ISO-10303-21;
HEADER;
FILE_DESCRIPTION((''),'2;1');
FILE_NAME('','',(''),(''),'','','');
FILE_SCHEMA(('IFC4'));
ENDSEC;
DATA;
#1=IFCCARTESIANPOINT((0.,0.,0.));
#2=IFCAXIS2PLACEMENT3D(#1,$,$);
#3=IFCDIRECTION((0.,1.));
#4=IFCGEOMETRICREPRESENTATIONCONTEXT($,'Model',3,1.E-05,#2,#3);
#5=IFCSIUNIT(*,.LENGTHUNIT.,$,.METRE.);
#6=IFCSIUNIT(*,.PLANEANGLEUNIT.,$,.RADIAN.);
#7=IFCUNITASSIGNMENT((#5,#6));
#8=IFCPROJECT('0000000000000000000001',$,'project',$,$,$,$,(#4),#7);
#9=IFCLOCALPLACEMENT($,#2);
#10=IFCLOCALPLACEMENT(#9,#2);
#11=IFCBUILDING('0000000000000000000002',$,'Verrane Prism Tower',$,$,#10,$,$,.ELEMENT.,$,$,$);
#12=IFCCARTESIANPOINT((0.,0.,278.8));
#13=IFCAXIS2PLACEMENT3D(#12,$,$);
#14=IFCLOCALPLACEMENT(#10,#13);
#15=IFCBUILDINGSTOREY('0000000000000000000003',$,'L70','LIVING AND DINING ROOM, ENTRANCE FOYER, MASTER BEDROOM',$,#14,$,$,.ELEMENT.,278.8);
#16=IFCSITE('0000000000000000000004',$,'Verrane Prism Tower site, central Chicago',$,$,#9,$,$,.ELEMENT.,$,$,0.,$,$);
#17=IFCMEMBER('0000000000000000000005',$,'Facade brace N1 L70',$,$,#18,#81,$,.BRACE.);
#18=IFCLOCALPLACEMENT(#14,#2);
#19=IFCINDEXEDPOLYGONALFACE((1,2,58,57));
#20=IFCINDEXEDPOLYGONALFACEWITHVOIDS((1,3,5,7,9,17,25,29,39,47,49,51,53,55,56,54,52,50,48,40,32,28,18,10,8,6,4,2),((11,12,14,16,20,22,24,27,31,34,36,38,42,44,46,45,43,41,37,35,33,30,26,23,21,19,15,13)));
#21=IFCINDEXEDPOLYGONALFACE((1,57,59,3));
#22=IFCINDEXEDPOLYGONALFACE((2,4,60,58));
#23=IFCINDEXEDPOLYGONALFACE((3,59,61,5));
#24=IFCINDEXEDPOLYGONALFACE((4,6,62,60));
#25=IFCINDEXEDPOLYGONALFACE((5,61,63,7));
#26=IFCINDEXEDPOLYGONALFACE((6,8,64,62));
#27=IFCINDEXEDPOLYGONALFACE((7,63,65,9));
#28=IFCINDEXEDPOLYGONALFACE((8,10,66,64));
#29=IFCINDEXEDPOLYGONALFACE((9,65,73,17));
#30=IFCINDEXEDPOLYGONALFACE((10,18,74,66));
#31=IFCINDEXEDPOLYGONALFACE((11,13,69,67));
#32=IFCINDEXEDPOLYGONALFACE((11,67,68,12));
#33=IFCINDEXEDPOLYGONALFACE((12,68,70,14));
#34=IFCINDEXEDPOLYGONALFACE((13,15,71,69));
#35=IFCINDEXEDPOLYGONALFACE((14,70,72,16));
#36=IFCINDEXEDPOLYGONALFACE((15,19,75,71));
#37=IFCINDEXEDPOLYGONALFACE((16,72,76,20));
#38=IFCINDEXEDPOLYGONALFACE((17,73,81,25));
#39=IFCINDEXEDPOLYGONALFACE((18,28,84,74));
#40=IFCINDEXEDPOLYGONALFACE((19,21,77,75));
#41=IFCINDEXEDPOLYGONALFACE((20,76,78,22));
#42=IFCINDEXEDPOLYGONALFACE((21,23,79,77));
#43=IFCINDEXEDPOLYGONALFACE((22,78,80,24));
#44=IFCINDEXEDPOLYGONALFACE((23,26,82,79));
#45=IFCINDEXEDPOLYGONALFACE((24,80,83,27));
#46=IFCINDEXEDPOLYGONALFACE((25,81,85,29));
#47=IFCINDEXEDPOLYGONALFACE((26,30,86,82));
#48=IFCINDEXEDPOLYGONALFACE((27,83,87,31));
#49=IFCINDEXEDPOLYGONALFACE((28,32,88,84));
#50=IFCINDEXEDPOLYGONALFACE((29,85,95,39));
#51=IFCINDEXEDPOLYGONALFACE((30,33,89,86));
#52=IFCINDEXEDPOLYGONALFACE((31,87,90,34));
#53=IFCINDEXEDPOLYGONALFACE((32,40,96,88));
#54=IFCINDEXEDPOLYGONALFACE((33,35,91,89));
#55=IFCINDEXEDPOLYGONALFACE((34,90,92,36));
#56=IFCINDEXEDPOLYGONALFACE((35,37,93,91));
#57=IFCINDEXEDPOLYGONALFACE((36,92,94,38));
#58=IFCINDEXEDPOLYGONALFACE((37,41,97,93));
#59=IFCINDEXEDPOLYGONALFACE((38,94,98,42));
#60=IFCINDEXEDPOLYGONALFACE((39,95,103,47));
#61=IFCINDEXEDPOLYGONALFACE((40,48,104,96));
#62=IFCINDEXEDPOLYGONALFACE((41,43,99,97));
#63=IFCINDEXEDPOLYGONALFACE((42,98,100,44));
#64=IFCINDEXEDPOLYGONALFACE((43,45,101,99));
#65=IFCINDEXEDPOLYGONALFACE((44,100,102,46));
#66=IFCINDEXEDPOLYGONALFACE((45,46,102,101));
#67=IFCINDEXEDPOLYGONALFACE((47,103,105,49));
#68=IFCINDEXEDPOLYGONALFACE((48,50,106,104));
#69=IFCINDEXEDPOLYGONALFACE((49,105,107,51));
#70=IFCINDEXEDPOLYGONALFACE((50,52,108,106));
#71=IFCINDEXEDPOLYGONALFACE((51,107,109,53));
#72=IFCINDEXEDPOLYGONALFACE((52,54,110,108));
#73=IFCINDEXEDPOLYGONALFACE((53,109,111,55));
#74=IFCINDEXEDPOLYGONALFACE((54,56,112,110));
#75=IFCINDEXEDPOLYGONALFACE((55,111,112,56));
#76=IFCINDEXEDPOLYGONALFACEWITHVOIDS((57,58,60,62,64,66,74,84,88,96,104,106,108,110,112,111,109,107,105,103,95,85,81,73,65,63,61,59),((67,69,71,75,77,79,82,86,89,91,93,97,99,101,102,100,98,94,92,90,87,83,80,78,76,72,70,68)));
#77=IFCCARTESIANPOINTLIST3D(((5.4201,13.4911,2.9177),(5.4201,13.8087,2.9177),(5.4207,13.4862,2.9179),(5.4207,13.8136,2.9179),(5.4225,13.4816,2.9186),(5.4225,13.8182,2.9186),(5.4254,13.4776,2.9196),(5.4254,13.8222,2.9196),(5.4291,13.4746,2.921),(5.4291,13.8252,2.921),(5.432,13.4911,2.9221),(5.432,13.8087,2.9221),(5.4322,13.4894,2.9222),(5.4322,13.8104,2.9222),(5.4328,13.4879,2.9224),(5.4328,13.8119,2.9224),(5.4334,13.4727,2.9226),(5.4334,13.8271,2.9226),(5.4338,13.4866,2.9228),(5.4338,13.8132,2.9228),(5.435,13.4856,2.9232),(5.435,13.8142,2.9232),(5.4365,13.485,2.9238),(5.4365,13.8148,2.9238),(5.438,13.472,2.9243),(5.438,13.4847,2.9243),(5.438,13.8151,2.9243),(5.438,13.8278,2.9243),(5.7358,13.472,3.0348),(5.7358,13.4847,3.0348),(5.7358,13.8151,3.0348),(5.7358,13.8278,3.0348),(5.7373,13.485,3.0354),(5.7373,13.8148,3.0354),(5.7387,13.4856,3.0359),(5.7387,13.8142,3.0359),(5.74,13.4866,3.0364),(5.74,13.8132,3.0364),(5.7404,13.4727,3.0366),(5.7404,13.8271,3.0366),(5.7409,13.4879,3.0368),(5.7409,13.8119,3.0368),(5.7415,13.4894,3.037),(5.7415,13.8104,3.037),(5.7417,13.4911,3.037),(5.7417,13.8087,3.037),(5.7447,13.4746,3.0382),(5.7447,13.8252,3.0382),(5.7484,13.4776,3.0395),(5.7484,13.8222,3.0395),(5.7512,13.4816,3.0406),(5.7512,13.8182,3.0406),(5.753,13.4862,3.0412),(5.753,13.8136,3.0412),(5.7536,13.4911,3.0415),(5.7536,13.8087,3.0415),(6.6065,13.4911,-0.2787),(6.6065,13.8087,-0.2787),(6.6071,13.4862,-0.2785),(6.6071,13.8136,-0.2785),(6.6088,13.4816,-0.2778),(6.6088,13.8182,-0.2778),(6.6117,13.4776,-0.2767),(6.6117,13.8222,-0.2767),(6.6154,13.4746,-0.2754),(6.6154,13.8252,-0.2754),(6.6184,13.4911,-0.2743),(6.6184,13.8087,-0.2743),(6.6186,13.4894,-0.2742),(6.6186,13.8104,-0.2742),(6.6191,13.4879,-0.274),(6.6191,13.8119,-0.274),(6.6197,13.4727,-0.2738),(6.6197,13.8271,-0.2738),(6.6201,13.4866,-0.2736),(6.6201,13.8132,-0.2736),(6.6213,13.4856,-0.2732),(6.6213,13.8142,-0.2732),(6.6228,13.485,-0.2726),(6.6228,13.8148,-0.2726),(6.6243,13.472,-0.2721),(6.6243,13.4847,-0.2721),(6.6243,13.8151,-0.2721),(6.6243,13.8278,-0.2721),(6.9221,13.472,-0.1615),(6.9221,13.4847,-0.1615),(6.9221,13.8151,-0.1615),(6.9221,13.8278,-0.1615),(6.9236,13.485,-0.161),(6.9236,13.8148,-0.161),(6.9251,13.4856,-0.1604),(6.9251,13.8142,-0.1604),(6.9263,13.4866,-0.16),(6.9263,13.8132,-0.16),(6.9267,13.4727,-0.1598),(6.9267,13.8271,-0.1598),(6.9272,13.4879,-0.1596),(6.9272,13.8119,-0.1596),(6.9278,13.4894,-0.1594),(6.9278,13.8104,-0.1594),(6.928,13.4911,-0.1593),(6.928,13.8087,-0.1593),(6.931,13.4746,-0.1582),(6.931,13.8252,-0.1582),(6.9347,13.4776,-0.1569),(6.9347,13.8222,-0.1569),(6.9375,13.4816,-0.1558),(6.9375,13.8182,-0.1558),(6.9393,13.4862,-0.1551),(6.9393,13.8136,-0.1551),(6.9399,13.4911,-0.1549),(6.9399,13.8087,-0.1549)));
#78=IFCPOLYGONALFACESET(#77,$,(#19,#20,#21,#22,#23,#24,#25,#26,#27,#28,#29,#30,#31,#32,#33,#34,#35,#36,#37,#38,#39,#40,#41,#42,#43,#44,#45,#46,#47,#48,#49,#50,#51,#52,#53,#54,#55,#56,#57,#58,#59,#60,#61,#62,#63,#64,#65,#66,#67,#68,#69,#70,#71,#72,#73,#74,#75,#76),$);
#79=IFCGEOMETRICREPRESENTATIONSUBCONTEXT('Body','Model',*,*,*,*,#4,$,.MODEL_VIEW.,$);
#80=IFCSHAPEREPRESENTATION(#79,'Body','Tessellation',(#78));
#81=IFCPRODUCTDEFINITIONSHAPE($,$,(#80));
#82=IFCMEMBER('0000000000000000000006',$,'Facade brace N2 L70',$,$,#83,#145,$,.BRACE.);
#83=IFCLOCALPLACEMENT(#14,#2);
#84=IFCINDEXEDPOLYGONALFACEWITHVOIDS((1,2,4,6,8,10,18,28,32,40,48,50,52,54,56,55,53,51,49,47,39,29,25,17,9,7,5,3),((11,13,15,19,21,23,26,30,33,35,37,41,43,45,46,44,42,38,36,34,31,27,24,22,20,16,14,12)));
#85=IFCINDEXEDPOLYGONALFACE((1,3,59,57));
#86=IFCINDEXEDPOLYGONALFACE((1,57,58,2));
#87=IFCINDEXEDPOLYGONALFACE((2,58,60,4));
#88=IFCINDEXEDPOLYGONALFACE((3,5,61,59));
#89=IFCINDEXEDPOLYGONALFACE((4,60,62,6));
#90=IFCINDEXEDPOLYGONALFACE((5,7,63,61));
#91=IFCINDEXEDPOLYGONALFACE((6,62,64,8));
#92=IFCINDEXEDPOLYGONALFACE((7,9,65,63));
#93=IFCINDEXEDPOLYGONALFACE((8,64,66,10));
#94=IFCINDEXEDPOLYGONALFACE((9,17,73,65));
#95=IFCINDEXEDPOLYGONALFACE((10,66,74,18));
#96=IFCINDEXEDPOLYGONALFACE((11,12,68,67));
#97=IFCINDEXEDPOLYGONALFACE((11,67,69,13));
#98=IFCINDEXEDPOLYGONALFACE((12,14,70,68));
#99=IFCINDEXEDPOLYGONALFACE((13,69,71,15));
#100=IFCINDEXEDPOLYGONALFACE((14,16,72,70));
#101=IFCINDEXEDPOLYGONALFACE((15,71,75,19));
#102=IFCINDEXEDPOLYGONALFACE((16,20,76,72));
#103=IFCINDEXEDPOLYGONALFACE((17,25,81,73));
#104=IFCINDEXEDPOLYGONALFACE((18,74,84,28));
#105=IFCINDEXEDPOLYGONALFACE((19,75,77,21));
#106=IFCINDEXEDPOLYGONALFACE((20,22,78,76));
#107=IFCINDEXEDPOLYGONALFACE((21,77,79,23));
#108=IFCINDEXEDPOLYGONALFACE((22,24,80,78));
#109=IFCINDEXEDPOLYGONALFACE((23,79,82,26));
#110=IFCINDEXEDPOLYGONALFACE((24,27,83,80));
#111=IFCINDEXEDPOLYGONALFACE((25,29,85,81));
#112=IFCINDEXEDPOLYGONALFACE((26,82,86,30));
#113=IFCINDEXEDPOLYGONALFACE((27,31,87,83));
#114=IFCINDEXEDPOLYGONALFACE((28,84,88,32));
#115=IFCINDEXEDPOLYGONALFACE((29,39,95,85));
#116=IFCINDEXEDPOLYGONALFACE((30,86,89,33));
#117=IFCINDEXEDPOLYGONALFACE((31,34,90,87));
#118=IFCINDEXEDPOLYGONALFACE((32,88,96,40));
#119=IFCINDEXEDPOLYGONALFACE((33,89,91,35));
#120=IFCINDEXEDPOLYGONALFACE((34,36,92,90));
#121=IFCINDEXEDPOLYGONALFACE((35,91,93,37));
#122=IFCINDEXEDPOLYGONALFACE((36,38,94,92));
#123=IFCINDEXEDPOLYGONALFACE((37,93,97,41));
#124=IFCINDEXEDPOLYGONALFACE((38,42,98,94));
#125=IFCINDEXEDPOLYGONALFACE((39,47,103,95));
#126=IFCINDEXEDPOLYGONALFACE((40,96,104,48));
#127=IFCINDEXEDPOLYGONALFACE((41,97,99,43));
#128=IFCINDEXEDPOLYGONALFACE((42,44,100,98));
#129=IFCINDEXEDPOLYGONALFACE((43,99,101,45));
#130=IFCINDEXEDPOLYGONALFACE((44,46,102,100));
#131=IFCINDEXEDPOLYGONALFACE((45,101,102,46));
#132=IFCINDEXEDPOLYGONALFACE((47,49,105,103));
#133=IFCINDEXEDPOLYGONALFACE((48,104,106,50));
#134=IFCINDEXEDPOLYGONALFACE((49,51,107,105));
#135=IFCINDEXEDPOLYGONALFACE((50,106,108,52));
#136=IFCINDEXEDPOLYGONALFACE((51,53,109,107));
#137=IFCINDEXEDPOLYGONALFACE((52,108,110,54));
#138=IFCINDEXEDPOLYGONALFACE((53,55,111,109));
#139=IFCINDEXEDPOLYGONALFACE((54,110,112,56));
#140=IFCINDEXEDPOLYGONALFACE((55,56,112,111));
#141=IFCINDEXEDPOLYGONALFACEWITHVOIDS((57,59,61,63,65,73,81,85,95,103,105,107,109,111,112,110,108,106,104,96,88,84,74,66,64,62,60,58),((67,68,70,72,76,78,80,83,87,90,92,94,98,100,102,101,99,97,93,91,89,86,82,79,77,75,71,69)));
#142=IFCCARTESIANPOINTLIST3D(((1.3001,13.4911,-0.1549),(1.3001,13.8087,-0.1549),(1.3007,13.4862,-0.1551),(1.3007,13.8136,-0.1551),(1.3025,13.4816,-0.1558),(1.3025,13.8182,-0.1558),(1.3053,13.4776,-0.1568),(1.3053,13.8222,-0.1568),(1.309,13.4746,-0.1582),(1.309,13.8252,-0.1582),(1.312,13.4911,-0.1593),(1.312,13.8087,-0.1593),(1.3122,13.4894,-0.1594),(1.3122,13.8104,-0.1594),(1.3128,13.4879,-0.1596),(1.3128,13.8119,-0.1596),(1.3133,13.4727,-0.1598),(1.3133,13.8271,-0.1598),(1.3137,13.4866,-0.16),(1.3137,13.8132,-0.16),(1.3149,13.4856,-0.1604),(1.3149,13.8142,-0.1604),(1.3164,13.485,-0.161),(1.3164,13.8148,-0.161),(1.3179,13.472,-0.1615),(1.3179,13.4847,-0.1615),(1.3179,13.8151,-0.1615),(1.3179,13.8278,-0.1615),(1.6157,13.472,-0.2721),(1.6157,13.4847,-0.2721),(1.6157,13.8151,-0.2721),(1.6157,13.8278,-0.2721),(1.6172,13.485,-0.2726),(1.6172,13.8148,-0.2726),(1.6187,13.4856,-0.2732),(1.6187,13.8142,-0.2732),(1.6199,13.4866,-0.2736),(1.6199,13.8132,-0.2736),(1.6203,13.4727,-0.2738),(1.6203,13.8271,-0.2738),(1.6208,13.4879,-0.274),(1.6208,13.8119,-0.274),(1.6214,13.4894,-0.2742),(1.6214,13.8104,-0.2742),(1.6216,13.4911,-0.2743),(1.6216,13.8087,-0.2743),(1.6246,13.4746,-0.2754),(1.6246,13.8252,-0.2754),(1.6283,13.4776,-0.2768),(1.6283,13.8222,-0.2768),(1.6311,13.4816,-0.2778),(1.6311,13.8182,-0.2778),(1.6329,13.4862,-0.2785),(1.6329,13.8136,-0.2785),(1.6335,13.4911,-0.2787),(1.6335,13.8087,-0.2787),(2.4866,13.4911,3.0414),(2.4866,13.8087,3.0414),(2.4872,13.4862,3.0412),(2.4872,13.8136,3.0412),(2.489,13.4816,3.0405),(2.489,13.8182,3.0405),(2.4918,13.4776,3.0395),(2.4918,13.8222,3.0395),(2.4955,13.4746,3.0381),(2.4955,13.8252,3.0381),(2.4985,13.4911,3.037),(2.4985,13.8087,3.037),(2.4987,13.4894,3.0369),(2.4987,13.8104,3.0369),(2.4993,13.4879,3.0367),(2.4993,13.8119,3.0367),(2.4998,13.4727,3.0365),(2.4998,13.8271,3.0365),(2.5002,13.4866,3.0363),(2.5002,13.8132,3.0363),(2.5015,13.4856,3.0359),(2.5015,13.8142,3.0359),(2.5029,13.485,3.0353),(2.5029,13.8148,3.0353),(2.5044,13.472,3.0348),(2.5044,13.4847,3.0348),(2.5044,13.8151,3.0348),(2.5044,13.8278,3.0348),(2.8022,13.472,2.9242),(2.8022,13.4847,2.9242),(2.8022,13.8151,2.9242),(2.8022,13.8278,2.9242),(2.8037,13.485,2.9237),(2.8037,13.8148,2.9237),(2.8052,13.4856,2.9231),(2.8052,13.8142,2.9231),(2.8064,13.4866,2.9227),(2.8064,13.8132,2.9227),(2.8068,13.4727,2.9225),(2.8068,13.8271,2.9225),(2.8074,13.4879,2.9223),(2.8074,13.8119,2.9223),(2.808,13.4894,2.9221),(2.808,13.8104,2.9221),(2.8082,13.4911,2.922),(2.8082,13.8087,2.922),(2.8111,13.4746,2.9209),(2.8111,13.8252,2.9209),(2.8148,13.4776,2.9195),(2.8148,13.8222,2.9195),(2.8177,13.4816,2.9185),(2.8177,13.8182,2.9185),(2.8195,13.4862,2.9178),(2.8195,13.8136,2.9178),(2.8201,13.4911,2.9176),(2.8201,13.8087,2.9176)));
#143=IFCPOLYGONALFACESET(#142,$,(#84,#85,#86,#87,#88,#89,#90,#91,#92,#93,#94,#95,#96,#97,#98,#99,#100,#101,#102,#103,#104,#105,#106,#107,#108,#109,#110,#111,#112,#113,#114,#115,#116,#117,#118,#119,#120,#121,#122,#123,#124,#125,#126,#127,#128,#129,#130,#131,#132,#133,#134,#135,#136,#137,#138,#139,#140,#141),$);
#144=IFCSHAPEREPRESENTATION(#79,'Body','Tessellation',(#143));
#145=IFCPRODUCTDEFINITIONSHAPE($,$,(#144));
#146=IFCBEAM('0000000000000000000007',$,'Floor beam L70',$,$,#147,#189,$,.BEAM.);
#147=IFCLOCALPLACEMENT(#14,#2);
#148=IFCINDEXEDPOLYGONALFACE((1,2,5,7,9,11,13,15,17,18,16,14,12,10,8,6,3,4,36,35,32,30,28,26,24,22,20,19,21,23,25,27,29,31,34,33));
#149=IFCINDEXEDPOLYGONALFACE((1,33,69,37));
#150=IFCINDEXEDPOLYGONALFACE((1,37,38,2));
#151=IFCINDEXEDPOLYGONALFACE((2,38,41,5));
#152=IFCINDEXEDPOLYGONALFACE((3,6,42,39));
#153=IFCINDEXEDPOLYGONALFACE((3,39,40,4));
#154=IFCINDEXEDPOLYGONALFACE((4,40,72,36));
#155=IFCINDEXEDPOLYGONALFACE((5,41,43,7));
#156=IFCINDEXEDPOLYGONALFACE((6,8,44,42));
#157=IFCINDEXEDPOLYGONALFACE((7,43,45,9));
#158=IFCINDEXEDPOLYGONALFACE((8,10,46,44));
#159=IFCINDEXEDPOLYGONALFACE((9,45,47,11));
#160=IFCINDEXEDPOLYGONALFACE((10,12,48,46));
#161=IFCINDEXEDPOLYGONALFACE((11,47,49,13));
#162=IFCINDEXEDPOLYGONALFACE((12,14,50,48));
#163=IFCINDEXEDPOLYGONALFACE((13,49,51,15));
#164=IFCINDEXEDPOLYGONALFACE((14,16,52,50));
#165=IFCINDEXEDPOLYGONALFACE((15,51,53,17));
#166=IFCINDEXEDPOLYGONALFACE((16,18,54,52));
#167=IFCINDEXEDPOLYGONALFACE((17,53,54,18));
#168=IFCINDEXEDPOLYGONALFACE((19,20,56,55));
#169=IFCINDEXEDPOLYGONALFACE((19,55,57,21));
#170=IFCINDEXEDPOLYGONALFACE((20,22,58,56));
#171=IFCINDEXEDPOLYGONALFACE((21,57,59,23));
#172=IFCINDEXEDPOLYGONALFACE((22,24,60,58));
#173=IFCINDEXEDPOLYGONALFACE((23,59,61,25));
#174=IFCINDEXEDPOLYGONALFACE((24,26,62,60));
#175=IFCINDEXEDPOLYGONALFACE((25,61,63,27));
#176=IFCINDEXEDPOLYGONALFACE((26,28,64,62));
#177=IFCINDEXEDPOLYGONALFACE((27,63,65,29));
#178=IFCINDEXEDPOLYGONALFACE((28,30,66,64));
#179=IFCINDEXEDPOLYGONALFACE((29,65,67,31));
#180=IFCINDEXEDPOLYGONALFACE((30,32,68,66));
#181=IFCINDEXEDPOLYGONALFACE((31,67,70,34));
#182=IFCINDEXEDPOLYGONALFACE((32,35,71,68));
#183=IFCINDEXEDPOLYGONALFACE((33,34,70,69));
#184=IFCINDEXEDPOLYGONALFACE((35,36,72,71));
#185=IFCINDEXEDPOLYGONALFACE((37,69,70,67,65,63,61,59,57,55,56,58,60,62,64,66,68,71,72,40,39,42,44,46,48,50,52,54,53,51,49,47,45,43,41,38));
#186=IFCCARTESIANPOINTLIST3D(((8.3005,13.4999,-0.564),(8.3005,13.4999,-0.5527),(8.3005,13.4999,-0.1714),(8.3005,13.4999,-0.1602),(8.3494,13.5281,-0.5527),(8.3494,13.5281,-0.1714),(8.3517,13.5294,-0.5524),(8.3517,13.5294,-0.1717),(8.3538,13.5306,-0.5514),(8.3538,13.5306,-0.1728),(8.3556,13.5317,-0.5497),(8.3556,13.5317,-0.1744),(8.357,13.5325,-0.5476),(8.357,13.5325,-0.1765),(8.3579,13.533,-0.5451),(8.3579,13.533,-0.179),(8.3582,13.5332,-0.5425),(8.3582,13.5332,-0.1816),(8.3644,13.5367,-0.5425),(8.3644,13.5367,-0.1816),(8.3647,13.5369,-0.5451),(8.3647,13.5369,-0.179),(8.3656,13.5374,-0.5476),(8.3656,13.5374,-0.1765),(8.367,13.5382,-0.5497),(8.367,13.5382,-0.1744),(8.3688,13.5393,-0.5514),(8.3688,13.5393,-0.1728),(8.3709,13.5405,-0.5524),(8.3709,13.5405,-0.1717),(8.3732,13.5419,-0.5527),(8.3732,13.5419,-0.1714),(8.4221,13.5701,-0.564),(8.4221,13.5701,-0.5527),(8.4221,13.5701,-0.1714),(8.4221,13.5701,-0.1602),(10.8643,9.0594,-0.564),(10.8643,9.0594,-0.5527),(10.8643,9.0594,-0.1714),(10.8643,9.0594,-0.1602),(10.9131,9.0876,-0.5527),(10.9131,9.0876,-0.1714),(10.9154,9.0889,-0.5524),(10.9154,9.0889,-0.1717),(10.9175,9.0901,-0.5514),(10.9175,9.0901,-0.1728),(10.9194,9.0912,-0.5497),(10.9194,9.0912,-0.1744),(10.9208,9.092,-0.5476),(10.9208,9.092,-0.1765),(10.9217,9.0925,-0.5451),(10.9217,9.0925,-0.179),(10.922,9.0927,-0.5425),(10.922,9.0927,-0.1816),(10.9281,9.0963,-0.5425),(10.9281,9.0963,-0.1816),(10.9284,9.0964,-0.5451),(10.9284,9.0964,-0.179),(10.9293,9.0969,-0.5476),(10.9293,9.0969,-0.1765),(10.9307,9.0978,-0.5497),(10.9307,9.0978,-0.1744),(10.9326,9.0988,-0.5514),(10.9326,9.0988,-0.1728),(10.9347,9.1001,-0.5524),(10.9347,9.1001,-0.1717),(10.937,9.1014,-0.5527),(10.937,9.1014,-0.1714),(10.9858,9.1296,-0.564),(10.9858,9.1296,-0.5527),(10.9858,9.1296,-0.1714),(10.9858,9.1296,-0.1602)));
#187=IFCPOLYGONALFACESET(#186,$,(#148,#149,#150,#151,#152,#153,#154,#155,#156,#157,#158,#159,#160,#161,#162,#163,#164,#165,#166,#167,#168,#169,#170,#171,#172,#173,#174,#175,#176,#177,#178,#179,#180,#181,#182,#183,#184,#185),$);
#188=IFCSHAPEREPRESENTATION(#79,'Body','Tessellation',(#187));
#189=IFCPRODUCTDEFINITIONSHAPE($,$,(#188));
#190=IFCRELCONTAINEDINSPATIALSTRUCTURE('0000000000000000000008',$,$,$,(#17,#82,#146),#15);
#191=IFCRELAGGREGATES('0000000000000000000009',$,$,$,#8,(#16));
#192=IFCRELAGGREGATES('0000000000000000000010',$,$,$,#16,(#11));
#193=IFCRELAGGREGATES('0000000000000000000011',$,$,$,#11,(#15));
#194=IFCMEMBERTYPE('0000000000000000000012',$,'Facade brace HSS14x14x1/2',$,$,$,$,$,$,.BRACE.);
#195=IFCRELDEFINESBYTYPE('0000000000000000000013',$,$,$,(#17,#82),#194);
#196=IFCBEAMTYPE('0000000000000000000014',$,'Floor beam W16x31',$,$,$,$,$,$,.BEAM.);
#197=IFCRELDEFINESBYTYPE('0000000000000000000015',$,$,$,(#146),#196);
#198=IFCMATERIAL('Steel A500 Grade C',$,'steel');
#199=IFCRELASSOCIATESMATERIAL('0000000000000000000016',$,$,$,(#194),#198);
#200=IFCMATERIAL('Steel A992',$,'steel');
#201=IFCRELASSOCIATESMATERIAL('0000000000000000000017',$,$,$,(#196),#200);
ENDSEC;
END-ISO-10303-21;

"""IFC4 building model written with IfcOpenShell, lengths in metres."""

from ifc_helpers import new_model, si_unit, direction, frame, origin, origin_2d, place, context, subcontext, project, spatial, hollow_rectangle, i_section, extrude, material, material_profile, profile_set, type_object, element, save


model = new_model("IFC4")

# Units and contexts
model_context = context("Model", 3, precision=1e-05, world=origin(), true_north=direction((0.0, 1.0)))
body_context = subcontext(model_context, "Body", "Model", "MODEL_VIEW")
ifc_project = project(units=[si_unit("LENGTHUNIT", "METRE"), si_unit("PLANEANGLEUNIT", "RADIAN")], contexts=[model_context])

# Site, building, storey
site_placement = place(None, origin())
site = spatial("IfcSite", under=ifc_project, at=site_placement, Name="Verrane Prism Tower site, central Chicago", CompositionType="ELEMENT", RefElevation=0.0)
building_placement = place(site_placement, origin())
building = spatial("IfcBuilding", under=site, at=building_placement, Name="Verrane Prism Tower", CompositionType="ELEMENT")
storey_placement = place(building_placement, frame((0.0, 0.0, 278.8)))
storey = spatial("IfcBuildingStorey", under=building, at=storey_placement, Name="L70", Description="LIVING AND DINING ROOM, ENTRANCE FOYER, MASTER BEDROOM", CompositionType="ELEMENT", Elevation=278.8)

# Members
ifc_material_1 = material(Name="Steel A500 Grade C", Category="steel")
ifc_material_profile_1 = material_profile(ifc_material_1, hollow_rectangle(XDim=0.3557, YDim=0.3557, WallThickness=0.0127, InnerFilletRadius=0.0063, OuterFilletRadius=0.019, at=origin_2d()), Name="HSS14x14x1/2")
ifc_profile_set_1 = profile_set([ifc_material_profile_1], Name="Steel A500 Grade C")
member_type_1 = type_object("IfcMemberType", Name="Facade brace HSS14x14x1/2", PredefinedType="BRACE", material=ifc_profile_set_1)
for number, where, z_axis, x_axis, name in (
    (1, (6.7732, 13.6499, -0.2168), (-0.347951, 0.0, 0.937513), (0.0, -1.0, 0.0), "Facade brace N1 L70"),
    (2, (1.4668, 13.6499, -0.2168), (0.348014, 0.0, 0.937489), (0.0, 1.0, 0.0), "Facade brace N2 L70"),
):
    element("IfcMember", number, at=place(storey_placement, frame(where, z_axis=z_axis, x_axis=x_axis)), inside=storey, type_object=member_type_1, Name=name, PredefinedType="BRACE", context=body_context, shape_type="SweptSolid", body=[
        extrude(hollow_rectangle(XDim=0.3557, YDim=0.3557, WallThickness=0.0127, InnerFilletRadius=0.0063, OuterFilletRadius=0.019, at=origin_2d()), origin(), (0.0, 0.0, 1.0), 3.4094),
    ])

# Beam
ifc_material_2 = material(Name="Steel A992", Category="steel")
ifc_material_profile_2 = material_profile(ifc_material_2, i_section(OverallWidth=0.1404, OverallDepth=0.4038, WebThickness=0.0071, FlangeThickness=0.0112, FilletRadius=0.0103, at=origin_2d()), Name="W16x31")
ifc_profile_set_2 = profile_set([ifc_material_profile_2], Name="Steel A992")
beam_type_1 = type_object("IfcBeamType", Name="Floor beam W16x31", PredefinedType="BEAM", material=ifc_profile_set_2)
beam_1_placement = place(storey_placement, frame((10.925, 9.0945, -0.3621), z_axis=(-0.500005, 0.866022, 0.0), x_axis=(-0.866022, -0.500005, 0.0)))
element("IfcBeam", 3, at=beam_1_placement, inside=storey, type_object=beam_type_1, Name="Floor beam L70", PredefinedType="BEAM", context=body_context, shape_type="SweptSolid", body=[
    extrude(i_section(OverallWidth=0.1404, OverallDepth=0.4038, WebThickness=0.0071, FlangeThickness=0.0112, FilletRadius=0.0103, at=origin_2d()), origin(), (0.0, 0.0, 1.0), 5.1274),
])

save(model, "model.ifc")
